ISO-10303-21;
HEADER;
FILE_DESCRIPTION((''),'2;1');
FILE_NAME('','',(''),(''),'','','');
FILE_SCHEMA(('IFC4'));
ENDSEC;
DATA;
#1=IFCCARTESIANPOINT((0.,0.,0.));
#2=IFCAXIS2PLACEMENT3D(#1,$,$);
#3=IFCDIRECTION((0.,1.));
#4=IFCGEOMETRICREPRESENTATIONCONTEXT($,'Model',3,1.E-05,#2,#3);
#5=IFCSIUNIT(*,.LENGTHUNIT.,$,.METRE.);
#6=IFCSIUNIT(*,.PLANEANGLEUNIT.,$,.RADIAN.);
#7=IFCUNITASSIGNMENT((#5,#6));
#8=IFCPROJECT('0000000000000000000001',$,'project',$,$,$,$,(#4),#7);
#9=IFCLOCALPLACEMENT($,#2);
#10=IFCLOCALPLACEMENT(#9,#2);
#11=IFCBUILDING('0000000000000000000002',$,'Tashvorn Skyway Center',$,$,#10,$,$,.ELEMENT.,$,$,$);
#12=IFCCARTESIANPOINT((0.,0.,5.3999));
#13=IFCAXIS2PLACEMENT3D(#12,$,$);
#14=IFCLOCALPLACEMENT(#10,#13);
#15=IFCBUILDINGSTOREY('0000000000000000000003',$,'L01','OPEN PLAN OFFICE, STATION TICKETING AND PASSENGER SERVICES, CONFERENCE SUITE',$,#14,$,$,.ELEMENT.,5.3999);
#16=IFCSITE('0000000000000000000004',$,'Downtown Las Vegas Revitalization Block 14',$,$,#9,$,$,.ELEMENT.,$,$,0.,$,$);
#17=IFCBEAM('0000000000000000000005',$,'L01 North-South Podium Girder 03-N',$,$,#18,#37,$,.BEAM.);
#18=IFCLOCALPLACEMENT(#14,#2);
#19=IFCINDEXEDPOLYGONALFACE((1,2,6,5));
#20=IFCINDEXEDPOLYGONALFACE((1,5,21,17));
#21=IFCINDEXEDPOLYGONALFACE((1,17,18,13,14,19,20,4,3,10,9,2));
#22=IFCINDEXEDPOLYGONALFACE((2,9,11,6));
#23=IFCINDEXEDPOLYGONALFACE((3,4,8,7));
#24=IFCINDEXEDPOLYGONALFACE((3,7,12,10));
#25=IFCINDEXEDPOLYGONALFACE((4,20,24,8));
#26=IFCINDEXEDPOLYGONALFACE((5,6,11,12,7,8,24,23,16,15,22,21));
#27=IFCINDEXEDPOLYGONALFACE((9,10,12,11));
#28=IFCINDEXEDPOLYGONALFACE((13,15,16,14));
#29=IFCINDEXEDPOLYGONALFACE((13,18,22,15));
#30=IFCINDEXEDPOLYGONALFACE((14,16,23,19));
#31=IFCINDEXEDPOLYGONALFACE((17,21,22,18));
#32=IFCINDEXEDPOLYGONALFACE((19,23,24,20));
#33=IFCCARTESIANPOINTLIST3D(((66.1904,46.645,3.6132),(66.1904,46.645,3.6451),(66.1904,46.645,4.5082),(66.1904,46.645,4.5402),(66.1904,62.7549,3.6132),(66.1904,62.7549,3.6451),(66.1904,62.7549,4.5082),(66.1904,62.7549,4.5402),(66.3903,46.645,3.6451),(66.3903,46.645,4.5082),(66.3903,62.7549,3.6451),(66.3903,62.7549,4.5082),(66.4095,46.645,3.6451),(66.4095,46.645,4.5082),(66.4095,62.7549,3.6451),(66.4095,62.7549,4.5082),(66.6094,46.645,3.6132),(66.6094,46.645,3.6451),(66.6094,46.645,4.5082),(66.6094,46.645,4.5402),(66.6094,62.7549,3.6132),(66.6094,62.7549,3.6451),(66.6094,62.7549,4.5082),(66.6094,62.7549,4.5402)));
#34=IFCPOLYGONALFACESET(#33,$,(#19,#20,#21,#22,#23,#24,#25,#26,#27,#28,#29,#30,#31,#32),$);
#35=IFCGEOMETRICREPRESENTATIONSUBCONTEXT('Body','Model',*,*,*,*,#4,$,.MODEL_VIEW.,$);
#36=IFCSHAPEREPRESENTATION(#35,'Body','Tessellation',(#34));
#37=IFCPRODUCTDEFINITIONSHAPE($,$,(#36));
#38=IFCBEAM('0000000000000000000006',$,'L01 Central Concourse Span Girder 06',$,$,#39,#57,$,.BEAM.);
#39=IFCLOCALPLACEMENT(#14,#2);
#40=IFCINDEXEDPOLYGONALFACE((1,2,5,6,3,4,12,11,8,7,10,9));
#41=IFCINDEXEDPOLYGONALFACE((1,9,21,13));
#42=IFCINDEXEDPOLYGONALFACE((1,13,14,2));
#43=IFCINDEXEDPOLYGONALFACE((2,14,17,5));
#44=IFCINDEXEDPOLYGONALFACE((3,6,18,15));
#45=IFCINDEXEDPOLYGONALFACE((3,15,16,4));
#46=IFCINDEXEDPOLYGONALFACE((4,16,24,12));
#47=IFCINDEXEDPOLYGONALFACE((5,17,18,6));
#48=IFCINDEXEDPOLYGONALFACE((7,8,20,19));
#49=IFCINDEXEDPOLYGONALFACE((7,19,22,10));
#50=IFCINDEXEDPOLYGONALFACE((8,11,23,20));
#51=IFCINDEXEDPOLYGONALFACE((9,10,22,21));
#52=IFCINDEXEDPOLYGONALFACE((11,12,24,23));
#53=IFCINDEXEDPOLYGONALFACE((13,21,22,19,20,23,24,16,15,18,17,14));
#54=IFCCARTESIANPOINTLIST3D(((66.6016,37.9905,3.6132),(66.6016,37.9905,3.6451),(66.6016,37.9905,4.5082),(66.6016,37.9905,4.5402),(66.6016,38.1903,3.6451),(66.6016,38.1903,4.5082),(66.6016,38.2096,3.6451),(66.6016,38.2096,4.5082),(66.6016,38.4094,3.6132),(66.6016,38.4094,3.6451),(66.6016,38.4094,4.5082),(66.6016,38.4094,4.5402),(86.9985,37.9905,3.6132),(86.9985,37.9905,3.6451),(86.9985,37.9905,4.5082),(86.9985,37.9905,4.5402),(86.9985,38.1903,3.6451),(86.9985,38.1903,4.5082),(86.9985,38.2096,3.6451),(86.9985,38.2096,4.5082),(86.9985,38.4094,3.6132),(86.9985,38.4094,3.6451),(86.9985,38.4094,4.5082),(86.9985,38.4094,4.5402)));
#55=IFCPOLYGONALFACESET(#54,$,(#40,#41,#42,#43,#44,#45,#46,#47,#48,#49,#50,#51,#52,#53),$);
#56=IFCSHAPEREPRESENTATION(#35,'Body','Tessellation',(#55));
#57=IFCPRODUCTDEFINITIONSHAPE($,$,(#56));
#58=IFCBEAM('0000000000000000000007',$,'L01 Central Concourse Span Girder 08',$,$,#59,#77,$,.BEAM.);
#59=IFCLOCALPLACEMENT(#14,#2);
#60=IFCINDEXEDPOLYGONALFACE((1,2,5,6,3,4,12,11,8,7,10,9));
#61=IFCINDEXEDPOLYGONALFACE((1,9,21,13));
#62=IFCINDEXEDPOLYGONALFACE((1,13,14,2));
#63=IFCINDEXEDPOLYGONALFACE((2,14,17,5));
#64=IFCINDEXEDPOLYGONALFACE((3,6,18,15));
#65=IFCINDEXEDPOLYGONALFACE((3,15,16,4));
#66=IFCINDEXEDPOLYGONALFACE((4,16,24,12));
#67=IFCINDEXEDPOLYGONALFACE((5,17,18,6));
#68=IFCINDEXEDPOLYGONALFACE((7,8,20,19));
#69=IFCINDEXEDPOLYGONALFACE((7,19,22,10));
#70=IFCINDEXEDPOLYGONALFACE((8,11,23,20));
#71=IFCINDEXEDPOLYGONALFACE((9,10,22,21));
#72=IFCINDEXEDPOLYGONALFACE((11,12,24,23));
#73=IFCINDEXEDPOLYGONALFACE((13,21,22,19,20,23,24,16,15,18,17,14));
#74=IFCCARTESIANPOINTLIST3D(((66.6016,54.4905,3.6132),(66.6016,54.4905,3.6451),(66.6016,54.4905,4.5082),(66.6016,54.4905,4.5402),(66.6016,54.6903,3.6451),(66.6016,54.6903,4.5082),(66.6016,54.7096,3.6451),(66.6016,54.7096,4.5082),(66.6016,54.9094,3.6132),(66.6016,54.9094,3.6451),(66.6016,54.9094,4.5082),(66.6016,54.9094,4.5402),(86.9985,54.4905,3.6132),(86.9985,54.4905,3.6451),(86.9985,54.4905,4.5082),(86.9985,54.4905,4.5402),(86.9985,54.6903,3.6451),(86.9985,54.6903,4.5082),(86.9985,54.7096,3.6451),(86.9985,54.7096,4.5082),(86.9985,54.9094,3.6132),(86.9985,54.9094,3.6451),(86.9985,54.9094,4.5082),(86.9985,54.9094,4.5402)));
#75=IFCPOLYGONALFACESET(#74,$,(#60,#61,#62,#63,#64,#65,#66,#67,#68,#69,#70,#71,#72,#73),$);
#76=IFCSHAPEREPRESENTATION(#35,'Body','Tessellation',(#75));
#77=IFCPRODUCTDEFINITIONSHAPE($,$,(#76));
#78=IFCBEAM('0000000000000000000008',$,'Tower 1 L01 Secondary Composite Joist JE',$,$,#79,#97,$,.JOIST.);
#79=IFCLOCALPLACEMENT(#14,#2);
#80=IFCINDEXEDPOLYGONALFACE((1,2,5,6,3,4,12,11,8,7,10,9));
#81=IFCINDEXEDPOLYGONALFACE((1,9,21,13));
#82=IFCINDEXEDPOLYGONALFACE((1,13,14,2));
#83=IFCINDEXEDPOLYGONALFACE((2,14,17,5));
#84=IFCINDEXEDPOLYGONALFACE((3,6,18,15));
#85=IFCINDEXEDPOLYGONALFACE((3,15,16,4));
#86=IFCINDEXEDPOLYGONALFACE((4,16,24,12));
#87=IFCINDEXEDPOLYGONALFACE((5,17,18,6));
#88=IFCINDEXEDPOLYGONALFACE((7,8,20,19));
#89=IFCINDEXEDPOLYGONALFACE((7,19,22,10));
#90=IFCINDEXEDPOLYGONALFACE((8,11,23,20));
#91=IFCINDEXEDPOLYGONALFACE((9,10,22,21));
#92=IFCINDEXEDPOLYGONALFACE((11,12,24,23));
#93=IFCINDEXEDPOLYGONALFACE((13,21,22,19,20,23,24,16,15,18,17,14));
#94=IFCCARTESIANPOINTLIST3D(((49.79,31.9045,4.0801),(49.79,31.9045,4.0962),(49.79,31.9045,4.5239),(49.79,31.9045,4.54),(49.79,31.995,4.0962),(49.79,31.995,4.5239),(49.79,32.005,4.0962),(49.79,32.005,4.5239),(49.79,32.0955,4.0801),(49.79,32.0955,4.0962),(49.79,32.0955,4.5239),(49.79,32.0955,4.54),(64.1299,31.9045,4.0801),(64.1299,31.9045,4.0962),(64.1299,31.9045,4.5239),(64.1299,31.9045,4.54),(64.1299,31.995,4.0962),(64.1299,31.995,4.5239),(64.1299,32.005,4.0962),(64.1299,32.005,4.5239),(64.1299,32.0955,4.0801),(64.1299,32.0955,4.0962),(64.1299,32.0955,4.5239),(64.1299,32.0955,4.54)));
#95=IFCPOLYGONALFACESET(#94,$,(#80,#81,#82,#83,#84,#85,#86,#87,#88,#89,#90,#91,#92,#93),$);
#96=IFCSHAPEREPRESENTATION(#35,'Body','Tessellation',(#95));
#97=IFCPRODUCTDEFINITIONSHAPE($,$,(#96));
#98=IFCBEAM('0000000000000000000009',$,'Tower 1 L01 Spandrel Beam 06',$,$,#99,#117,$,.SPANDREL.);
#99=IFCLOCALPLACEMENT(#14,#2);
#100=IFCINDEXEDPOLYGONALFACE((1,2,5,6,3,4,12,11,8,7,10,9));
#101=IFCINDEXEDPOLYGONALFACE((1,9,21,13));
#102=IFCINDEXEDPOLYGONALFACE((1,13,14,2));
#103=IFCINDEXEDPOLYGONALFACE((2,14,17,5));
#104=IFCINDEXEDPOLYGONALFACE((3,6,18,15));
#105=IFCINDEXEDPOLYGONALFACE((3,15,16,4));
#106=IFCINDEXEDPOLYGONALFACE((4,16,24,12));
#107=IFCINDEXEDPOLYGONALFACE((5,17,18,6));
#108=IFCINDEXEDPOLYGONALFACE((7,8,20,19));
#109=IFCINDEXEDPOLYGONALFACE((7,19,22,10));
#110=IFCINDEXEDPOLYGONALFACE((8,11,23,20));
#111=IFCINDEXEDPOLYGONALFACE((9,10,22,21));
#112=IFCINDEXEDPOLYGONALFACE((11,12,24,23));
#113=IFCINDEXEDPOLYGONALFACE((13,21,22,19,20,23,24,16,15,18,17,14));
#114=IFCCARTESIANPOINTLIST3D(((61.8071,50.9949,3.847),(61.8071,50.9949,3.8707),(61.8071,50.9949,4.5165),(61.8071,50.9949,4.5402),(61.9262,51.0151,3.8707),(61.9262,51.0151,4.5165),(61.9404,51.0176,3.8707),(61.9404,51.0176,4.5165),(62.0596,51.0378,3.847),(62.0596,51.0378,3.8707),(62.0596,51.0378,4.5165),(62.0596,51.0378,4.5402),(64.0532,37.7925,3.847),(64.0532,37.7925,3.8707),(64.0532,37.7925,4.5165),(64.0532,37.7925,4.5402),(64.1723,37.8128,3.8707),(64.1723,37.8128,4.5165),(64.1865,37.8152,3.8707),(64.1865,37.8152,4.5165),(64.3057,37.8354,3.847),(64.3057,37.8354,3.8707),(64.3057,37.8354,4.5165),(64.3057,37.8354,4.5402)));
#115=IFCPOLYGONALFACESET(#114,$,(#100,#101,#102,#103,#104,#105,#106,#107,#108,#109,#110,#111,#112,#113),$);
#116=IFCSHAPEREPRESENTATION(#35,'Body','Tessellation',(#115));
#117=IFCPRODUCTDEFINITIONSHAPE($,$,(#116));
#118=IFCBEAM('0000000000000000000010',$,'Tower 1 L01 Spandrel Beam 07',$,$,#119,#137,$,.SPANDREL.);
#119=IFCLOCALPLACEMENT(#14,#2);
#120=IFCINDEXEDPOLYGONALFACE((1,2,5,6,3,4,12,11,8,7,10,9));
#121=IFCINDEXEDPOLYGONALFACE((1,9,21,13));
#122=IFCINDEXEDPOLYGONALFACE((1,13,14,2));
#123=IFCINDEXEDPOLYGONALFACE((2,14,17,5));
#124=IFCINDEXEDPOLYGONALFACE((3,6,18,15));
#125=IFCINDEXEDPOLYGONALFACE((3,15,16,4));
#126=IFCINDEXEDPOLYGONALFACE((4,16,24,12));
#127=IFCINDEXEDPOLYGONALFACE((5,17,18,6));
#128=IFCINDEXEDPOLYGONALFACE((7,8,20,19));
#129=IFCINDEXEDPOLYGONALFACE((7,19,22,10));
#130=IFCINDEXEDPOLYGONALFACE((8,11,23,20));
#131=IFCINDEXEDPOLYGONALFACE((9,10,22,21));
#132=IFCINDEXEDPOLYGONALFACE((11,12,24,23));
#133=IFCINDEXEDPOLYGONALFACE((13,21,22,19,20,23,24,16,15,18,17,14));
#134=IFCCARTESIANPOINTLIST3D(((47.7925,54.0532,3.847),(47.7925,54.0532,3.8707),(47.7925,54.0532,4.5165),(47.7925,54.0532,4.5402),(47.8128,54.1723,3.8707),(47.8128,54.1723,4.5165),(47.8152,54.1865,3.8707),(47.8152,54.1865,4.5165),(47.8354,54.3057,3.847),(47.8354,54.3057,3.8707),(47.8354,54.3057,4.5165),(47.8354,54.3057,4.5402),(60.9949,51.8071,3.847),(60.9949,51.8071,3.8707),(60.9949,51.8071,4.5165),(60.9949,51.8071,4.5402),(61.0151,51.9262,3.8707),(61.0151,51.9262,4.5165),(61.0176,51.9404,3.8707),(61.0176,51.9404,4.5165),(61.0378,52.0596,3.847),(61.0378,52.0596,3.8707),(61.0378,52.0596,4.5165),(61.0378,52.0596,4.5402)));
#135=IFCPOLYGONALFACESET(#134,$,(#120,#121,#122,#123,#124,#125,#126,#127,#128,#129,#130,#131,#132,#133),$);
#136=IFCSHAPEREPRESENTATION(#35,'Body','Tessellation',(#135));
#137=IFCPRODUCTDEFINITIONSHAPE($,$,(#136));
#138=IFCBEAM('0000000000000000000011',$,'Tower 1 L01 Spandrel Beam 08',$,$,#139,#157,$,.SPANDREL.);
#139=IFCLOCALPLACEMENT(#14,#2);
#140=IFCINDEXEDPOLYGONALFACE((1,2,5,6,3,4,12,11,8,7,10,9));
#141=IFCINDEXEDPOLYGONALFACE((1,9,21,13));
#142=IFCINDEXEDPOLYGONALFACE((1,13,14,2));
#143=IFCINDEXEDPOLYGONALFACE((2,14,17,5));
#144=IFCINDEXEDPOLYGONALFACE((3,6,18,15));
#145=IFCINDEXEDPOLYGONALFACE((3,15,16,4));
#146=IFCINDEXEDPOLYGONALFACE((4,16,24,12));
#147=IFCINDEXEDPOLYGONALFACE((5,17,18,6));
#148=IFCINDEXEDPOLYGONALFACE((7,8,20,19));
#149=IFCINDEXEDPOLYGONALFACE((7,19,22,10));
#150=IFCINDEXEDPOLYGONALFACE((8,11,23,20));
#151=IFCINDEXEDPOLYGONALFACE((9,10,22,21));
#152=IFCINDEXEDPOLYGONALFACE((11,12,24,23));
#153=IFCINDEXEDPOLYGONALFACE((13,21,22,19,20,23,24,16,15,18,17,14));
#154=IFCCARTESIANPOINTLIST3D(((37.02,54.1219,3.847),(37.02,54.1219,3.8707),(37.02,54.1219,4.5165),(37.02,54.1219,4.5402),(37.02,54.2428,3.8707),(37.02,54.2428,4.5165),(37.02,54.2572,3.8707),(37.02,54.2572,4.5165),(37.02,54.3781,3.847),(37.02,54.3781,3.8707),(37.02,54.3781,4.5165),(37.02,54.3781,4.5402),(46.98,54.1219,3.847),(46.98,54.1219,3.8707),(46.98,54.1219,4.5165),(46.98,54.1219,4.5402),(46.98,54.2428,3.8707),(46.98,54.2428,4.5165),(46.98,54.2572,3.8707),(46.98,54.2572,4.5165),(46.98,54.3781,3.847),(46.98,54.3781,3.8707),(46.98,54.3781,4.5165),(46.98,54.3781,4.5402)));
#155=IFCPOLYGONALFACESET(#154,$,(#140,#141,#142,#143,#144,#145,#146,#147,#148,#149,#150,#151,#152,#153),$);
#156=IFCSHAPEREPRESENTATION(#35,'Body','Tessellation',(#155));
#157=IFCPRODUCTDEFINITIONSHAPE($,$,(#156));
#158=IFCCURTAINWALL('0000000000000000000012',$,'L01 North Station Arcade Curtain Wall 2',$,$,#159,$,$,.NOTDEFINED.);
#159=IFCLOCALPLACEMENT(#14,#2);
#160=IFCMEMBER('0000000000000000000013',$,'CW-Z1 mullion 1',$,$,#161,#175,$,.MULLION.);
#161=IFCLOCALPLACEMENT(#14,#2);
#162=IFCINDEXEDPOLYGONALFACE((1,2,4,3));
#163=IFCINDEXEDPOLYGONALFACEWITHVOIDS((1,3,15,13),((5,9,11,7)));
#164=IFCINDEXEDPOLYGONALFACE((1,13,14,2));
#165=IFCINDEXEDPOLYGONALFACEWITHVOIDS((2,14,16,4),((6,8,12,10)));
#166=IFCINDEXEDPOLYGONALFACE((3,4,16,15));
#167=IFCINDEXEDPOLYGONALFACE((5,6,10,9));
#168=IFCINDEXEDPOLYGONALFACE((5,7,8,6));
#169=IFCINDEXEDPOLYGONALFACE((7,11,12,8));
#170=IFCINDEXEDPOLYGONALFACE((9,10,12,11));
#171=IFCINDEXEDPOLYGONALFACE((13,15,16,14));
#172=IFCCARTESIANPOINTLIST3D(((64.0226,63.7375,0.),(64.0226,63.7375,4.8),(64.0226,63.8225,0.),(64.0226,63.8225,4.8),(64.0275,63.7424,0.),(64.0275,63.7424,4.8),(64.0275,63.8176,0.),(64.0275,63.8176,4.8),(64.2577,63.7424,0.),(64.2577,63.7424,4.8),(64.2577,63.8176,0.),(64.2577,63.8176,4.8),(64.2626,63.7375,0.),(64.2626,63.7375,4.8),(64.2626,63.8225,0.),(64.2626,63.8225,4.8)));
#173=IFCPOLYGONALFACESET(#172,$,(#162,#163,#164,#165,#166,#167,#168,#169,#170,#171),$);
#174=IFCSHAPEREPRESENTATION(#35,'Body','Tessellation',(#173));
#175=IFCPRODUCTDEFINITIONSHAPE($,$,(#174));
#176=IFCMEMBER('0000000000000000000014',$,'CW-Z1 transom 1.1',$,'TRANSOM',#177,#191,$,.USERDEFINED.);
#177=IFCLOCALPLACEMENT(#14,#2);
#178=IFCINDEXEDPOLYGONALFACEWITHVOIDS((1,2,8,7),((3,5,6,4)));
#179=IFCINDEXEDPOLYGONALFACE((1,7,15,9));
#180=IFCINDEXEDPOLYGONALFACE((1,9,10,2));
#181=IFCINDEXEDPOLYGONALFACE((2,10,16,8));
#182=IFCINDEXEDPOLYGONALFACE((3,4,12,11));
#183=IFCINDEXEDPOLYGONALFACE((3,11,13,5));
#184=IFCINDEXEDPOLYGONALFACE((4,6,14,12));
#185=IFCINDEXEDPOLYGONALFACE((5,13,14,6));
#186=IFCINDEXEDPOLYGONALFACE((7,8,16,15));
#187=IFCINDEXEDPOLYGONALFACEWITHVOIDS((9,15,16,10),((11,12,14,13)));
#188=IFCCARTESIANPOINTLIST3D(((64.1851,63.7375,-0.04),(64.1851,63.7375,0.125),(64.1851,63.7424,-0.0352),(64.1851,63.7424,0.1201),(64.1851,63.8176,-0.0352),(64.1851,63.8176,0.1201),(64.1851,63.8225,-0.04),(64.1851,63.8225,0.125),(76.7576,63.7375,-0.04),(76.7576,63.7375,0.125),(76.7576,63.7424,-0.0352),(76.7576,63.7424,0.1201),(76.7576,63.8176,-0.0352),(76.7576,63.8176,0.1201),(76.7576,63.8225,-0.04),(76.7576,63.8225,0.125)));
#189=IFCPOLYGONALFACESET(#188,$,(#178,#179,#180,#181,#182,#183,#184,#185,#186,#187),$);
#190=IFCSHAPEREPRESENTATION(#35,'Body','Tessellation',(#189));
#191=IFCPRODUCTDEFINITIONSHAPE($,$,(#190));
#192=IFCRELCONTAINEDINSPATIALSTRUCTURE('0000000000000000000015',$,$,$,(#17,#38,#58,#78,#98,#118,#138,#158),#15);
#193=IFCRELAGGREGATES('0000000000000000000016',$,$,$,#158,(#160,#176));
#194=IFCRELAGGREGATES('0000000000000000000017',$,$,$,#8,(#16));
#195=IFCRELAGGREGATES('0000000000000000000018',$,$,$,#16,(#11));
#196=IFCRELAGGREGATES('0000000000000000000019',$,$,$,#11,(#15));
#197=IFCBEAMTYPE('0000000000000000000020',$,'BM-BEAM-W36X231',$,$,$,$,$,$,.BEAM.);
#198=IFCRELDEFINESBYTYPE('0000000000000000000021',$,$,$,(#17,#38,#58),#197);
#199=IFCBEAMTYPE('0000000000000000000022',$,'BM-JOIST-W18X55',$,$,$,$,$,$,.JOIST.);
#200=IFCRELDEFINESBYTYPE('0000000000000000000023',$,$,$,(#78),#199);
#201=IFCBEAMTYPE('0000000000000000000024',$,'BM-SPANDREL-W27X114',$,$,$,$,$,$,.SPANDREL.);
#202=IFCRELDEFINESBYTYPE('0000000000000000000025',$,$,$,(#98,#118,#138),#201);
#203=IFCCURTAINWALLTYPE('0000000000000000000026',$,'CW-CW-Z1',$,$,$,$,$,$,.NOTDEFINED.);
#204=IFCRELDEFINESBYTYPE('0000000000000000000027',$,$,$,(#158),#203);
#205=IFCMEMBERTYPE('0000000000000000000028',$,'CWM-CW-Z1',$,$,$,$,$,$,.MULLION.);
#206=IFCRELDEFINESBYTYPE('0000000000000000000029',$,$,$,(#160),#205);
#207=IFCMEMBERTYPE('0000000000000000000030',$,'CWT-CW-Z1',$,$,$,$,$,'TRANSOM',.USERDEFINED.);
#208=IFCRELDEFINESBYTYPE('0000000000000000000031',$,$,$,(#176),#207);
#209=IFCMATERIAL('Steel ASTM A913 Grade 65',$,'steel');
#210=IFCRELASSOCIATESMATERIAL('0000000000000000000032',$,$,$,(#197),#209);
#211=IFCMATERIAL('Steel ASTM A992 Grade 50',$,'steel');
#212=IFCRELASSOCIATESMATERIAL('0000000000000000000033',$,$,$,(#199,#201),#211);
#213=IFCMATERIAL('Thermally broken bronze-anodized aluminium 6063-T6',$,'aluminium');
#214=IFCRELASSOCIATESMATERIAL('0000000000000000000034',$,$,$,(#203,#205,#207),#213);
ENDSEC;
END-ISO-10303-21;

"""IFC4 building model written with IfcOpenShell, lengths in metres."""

from ifc_helpers import new_model, si_unit, direction, frame, origin, origin_2d, place, context, subcontext, project, spatial, hollow_rectangle, i_section, extrude, material, material_profile, profile_set, type_object, element, aggregate, save


model = new_model("IFC4")

# Units and contexts
model_context = context("Model", 3, precision=1e-05, world=origin(), true_north=direction((0.0, 1.0)))
body_context = subcontext(model_context, "Body", "Model", "MODEL_VIEW")
ifc_project = project(units=[si_unit("LENGTHUNIT", "METRE"), si_unit("PLANEANGLEUNIT", "RADIAN")], contexts=[model_context])

# Site, building, storey
site_placement = place(None, origin())
site = spatial("IfcSite", under=ifc_project, at=site_placement, Name="Downtown Las Vegas Revitalization Block 14", CompositionType="ELEMENT", RefElevation=0.0)
building_placement = place(site_placement, origin())
building = spatial("IfcBuilding", under=site, at=building_placement, Name="Tashvorn Skyway Center", CompositionType="ELEMENT")
storey_placement = place(building_placement, frame((0.0, 0.0, 5.3999)))
storey = spatial("IfcBuildingStorey", under=building, at=storey_placement, Name="L01", Description="OPEN PLAN OFFICE, STATION TICKETING AND PASSENGER SERVICES, CONFERENCE SUITE", CompositionType="ELEMENT", Elevation=5.3999)

# Beams
ifc_material_1 = material(Name="Steel ASTM A913 Grade 65", Category="steel")
ifc_material_profile_1 = material_profile(ifc_material_1, i_section(OverallWidth=0.4189, OverallDepth=0.927, WebThickness=0.0193, FlangeThickness=0.032, at=origin_2d()), Name="W36X231")
ifc_profile_set_1 = profile_set([ifc_material_profile_1], Name="Steel ASTM A913 Grade 65")
beam_type_1 = type_object("IfcBeamType", Name="BM-BEAM-W36X231", PredefinedType="BEAM", material=ifc_profile_set_1)
beam_1_placement = place(storey_placement, frame((66.3999, 46.645, 4.0767), z_axis=(0.0, 1.0, 0.0), x_axis=(-1.0, 0.0, 0.0)))
element("IfcBeam", 1, at=beam_1_placement, inside=storey, type_object=beam_type_1, Name="L01 North-South Podium Girder 03-N", PredefinedType="BEAM", context=body_context, shape_type="SweptSolid", body=[
    extrude(i_section(OverallWidth=0.4189, OverallDepth=0.927, WebThickness=0.0193, FlangeThickness=0.032, at=origin_2d()), origin(), (0.0, 0.0, 1.0), 16.1099),
])
for number, where, z_axis, x_axis, name in (
    (2, (66.6016, 38.2, 4.0767), (1.0, 0.0, 0.0), (0.0, 1.0, 0.0), "L01 Central Concourse Span Girder 06"),
    (3, (66.6016, 54.7, 4.0767), (1.0, 0.0, 0.0), (0.0, 1.0, 0.0), "L01 Central Concourse Span Girder 08"),
):
    element("IfcBeam", number, at=place(storey_placement, frame(where, z_axis=z_axis, x_axis=x_axis)), inside=storey, type_object=beam_type_1, Name=name, PredefinedType="BEAM", context=body_context, shape_type="SweptSolid", body=[
        extrude(i_section(OverallWidth=0.4189, OverallDepth=0.927, WebThickness=0.0193, FlangeThickness=0.032, at=origin_2d()), origin(), (0.0, 0.0, 1.0), 20.397),
    ])
ifc_material_2 = material(Name="Steel ASTM A992 Grade 50", Category="steel")
ifc_material_profile_2 = material_profile(ifc_material_2, i_section(OverallWidth=0.1909, OverallDepth=0.46, WebThickness=0.01, FlangeThickness=0.0161, at=origin_2d()), Name="W18X55")
ifc_profile_set_2 = profile_set([ifc_material_profile_2], Name="Steel ASTM A992 Grade 50")
beam_type_2 = type_object("IfcBeamType", Name="BM-JOIST-W18X55", PredefinedType="JOIST", material=ifc_profile_set_2)
beam_2_placement = place(storey_placement, frame((49.79, 32.0, 4.3101), z_axis=(1.0, 0.0, 0.0), x_axis=(0.0, 1.0, 0.0)))
element("IfcBeam", 4, at=beam_2_placement, inside=storey, type_object=beam_type_2, Name="Tower 1 L01 Secondary Composite Joist JE", PredefinedType="JOIST", context=body_context, shape_type="SweptSolid", body=[
    extrude(i_section(OverallWidth=0.1909, OverallDepth=0.46, WebThickness=0.01, FlangeThickness=0.0161, at=origin_2d()), origin(), (0.0, 0.0, 1.0), 14.3398),
])
ifc_material_profile_3 = material_profile(ifc_material_2, i_section(OverallWidth=0.2561, OverallDepth=0.6931, WebThickness=0.0144, FlangeThickness=0.0237, at=origin_2d()), Name="W27X114")
ifc_profile_set_3 = profile_set([ifc_material_profile_3], Name="Steel ASTM A992 Grade 50")
beam_type_3 = type_object("IfcBeamType", Name="BM-SPANDREL-W27X114", PredefinedType="SPANDREL", material=ifc_profile_set_3)
for number, where, z_axis, x_axis, name in (
    (5, (64.1794, 37.814, 4.1936), (-0.167718, 0.985835, 0.0), (-0.985835, -0.167718, 0.0), "Tower 1 L01 Spandrel Beam 06"),
    (6, (61.0164, 51.9333, 4.1936), (-0.985835, 0.167718, 0.0), (-0.167718, -0.985835, 0.0), "Tower 1 L01 Spandrel Beam 07"),
):
    element("IfcBeam", number, at=place(storey_placement, frame(where, z_axis=z_axis, x_axis=x_axis)), inside=storey, type_object=beam_type_3, Name=name, PredefinedType="SPANDREL", context=body_context, shape_type="SweptSolid", body=[
        extrude(i_section(OverallWidth=0.2561, OverallDepth=0.6931, WebThickness=0.0144, FlangeThickness=0.0237, at=origin_2d()), origin(), (0.0, 0.0, 1.0), 13.3921),
    ])
beam_3_placement = place(storey_placement, frame((46.98, 54.25, 4.1936), z_axis=(-1.0, 0.0, 0.0), x_axis=(0.0, -1.0, 0.0)))
element("IfcBeam", 7, at=beam_3_placement, inside=storey, type_object=beam_type_3, Name="Tower 1 L01 Spandrel Beam 08", PredefinedType="SPANDREL", context=body_context, shape_type="SweptSolid", body=[
    extrude(i_section(OverallWidth=0.2561, OverallDepth=0.6931, WebThickness=0.0144, FlangeThickness=0.0237, at=origin_2d()), origin(), (0.0, 0.0, 1.0), 9.96),
])

# Curtain wall, members
ifc_material_3 = material(Name="Thermally broken bronze-anodized aluminium 6063-T6", Category="aluminium")
curtain_wall_type = type_object("IfcCurtainWallType", Name="CW-CW-Z1", PredefinedType="NOTDEFINED", material=ifc_material_3)
curtain_wall_placement = place(storey_placement, origin())
curtain_wall = element("IfcCurtainWall", 8, at=curtain_wall_placement, inside=storey, type_object=curtain_wall_type, Name="L01 North Station Arcade Curtain Wall 2", PredefinedType="NOTDEFINED")
ifc_material_profile_4 = material_profile(ifc_material_3, hollow_rectangle(XDim=0.085, YDim=0.24, WallThickness=0.0049, at=origin_2d()), Name="ALU-MULL-85x240")
ifc_profile_set_4 = profile_set([ifc_material_profile_4], Name="Thermally broken bronze-anodized aluminium 6063-T6")
member_type_1 = type_object("IfcMemberType", Name="CWM-CW-Z1", PredefinedType="MULLION", material=ifc_profile_set_4)
member_1_placement = place(storey_placement, frame((64.1426, 63.78, 0.0), z_axis=(0.0, 0.0, 1.0), x_axis=(0.0, 1.0, 0.0)))
member_1 = element("IfcMember", 9, at=member_1_placement, type_object=member_type_1, Name="CW-Z1 mullion 1", PredefinedType="MULLION", context=body_context, shape_type="SweptSolid", body=[
    extrude(hollow_rectangle(XDim=0.085, YDim=0.24, WallThickness=0.0049, at=origin_2d()), origin(), (0.0, 0.0, 1.0), 4.8),
])
ifc_material_profile_5 = material_profile(ifc_material_3, hollow_rectangle(XDim=0.085, YDim=0.165, WallThickness=0.0049, at=origin_2d()), Name="ALU-TRAN-85x165")
ifc_profile_set_5 = profile_set([ifc_material_profile_5], Name="Thermally broken bronze-anodized aluminium 6063-T6")
member_type_2 = type_object("IfcMemberType", Name="CWT-CW-Z1", ElementType="TRANSOM", PredefinedType="USERDEFINED", material=ifc_profile_set_5)
member_2_placement = place(storey_placement, frame((64.1851, 63.78, 0.0425), z_axis=(1.0, 0.0, 0.0), x_axis=(0.0, 1.0, 0.0)))
member_2 = element("IfcMember", 10, at=member_2_placement, type_object=member_type_2, Name="CW-Z1 transom 1.1", ObjectType="TRANSOM", PredefinedType="USERDEFINED", context=body_context, shape_type="SweptSolid", body=[
    extrude(hollow_rectangle(XDim=0.085, YDim=0.165, WallThickness=0.0049, at=origin_2d()), origin(), (0.0, 0.0, 1.0), 12.5725),
])
aggregate(curtain_wall, [member_1, member_2])

save(model, "model.ifc")
